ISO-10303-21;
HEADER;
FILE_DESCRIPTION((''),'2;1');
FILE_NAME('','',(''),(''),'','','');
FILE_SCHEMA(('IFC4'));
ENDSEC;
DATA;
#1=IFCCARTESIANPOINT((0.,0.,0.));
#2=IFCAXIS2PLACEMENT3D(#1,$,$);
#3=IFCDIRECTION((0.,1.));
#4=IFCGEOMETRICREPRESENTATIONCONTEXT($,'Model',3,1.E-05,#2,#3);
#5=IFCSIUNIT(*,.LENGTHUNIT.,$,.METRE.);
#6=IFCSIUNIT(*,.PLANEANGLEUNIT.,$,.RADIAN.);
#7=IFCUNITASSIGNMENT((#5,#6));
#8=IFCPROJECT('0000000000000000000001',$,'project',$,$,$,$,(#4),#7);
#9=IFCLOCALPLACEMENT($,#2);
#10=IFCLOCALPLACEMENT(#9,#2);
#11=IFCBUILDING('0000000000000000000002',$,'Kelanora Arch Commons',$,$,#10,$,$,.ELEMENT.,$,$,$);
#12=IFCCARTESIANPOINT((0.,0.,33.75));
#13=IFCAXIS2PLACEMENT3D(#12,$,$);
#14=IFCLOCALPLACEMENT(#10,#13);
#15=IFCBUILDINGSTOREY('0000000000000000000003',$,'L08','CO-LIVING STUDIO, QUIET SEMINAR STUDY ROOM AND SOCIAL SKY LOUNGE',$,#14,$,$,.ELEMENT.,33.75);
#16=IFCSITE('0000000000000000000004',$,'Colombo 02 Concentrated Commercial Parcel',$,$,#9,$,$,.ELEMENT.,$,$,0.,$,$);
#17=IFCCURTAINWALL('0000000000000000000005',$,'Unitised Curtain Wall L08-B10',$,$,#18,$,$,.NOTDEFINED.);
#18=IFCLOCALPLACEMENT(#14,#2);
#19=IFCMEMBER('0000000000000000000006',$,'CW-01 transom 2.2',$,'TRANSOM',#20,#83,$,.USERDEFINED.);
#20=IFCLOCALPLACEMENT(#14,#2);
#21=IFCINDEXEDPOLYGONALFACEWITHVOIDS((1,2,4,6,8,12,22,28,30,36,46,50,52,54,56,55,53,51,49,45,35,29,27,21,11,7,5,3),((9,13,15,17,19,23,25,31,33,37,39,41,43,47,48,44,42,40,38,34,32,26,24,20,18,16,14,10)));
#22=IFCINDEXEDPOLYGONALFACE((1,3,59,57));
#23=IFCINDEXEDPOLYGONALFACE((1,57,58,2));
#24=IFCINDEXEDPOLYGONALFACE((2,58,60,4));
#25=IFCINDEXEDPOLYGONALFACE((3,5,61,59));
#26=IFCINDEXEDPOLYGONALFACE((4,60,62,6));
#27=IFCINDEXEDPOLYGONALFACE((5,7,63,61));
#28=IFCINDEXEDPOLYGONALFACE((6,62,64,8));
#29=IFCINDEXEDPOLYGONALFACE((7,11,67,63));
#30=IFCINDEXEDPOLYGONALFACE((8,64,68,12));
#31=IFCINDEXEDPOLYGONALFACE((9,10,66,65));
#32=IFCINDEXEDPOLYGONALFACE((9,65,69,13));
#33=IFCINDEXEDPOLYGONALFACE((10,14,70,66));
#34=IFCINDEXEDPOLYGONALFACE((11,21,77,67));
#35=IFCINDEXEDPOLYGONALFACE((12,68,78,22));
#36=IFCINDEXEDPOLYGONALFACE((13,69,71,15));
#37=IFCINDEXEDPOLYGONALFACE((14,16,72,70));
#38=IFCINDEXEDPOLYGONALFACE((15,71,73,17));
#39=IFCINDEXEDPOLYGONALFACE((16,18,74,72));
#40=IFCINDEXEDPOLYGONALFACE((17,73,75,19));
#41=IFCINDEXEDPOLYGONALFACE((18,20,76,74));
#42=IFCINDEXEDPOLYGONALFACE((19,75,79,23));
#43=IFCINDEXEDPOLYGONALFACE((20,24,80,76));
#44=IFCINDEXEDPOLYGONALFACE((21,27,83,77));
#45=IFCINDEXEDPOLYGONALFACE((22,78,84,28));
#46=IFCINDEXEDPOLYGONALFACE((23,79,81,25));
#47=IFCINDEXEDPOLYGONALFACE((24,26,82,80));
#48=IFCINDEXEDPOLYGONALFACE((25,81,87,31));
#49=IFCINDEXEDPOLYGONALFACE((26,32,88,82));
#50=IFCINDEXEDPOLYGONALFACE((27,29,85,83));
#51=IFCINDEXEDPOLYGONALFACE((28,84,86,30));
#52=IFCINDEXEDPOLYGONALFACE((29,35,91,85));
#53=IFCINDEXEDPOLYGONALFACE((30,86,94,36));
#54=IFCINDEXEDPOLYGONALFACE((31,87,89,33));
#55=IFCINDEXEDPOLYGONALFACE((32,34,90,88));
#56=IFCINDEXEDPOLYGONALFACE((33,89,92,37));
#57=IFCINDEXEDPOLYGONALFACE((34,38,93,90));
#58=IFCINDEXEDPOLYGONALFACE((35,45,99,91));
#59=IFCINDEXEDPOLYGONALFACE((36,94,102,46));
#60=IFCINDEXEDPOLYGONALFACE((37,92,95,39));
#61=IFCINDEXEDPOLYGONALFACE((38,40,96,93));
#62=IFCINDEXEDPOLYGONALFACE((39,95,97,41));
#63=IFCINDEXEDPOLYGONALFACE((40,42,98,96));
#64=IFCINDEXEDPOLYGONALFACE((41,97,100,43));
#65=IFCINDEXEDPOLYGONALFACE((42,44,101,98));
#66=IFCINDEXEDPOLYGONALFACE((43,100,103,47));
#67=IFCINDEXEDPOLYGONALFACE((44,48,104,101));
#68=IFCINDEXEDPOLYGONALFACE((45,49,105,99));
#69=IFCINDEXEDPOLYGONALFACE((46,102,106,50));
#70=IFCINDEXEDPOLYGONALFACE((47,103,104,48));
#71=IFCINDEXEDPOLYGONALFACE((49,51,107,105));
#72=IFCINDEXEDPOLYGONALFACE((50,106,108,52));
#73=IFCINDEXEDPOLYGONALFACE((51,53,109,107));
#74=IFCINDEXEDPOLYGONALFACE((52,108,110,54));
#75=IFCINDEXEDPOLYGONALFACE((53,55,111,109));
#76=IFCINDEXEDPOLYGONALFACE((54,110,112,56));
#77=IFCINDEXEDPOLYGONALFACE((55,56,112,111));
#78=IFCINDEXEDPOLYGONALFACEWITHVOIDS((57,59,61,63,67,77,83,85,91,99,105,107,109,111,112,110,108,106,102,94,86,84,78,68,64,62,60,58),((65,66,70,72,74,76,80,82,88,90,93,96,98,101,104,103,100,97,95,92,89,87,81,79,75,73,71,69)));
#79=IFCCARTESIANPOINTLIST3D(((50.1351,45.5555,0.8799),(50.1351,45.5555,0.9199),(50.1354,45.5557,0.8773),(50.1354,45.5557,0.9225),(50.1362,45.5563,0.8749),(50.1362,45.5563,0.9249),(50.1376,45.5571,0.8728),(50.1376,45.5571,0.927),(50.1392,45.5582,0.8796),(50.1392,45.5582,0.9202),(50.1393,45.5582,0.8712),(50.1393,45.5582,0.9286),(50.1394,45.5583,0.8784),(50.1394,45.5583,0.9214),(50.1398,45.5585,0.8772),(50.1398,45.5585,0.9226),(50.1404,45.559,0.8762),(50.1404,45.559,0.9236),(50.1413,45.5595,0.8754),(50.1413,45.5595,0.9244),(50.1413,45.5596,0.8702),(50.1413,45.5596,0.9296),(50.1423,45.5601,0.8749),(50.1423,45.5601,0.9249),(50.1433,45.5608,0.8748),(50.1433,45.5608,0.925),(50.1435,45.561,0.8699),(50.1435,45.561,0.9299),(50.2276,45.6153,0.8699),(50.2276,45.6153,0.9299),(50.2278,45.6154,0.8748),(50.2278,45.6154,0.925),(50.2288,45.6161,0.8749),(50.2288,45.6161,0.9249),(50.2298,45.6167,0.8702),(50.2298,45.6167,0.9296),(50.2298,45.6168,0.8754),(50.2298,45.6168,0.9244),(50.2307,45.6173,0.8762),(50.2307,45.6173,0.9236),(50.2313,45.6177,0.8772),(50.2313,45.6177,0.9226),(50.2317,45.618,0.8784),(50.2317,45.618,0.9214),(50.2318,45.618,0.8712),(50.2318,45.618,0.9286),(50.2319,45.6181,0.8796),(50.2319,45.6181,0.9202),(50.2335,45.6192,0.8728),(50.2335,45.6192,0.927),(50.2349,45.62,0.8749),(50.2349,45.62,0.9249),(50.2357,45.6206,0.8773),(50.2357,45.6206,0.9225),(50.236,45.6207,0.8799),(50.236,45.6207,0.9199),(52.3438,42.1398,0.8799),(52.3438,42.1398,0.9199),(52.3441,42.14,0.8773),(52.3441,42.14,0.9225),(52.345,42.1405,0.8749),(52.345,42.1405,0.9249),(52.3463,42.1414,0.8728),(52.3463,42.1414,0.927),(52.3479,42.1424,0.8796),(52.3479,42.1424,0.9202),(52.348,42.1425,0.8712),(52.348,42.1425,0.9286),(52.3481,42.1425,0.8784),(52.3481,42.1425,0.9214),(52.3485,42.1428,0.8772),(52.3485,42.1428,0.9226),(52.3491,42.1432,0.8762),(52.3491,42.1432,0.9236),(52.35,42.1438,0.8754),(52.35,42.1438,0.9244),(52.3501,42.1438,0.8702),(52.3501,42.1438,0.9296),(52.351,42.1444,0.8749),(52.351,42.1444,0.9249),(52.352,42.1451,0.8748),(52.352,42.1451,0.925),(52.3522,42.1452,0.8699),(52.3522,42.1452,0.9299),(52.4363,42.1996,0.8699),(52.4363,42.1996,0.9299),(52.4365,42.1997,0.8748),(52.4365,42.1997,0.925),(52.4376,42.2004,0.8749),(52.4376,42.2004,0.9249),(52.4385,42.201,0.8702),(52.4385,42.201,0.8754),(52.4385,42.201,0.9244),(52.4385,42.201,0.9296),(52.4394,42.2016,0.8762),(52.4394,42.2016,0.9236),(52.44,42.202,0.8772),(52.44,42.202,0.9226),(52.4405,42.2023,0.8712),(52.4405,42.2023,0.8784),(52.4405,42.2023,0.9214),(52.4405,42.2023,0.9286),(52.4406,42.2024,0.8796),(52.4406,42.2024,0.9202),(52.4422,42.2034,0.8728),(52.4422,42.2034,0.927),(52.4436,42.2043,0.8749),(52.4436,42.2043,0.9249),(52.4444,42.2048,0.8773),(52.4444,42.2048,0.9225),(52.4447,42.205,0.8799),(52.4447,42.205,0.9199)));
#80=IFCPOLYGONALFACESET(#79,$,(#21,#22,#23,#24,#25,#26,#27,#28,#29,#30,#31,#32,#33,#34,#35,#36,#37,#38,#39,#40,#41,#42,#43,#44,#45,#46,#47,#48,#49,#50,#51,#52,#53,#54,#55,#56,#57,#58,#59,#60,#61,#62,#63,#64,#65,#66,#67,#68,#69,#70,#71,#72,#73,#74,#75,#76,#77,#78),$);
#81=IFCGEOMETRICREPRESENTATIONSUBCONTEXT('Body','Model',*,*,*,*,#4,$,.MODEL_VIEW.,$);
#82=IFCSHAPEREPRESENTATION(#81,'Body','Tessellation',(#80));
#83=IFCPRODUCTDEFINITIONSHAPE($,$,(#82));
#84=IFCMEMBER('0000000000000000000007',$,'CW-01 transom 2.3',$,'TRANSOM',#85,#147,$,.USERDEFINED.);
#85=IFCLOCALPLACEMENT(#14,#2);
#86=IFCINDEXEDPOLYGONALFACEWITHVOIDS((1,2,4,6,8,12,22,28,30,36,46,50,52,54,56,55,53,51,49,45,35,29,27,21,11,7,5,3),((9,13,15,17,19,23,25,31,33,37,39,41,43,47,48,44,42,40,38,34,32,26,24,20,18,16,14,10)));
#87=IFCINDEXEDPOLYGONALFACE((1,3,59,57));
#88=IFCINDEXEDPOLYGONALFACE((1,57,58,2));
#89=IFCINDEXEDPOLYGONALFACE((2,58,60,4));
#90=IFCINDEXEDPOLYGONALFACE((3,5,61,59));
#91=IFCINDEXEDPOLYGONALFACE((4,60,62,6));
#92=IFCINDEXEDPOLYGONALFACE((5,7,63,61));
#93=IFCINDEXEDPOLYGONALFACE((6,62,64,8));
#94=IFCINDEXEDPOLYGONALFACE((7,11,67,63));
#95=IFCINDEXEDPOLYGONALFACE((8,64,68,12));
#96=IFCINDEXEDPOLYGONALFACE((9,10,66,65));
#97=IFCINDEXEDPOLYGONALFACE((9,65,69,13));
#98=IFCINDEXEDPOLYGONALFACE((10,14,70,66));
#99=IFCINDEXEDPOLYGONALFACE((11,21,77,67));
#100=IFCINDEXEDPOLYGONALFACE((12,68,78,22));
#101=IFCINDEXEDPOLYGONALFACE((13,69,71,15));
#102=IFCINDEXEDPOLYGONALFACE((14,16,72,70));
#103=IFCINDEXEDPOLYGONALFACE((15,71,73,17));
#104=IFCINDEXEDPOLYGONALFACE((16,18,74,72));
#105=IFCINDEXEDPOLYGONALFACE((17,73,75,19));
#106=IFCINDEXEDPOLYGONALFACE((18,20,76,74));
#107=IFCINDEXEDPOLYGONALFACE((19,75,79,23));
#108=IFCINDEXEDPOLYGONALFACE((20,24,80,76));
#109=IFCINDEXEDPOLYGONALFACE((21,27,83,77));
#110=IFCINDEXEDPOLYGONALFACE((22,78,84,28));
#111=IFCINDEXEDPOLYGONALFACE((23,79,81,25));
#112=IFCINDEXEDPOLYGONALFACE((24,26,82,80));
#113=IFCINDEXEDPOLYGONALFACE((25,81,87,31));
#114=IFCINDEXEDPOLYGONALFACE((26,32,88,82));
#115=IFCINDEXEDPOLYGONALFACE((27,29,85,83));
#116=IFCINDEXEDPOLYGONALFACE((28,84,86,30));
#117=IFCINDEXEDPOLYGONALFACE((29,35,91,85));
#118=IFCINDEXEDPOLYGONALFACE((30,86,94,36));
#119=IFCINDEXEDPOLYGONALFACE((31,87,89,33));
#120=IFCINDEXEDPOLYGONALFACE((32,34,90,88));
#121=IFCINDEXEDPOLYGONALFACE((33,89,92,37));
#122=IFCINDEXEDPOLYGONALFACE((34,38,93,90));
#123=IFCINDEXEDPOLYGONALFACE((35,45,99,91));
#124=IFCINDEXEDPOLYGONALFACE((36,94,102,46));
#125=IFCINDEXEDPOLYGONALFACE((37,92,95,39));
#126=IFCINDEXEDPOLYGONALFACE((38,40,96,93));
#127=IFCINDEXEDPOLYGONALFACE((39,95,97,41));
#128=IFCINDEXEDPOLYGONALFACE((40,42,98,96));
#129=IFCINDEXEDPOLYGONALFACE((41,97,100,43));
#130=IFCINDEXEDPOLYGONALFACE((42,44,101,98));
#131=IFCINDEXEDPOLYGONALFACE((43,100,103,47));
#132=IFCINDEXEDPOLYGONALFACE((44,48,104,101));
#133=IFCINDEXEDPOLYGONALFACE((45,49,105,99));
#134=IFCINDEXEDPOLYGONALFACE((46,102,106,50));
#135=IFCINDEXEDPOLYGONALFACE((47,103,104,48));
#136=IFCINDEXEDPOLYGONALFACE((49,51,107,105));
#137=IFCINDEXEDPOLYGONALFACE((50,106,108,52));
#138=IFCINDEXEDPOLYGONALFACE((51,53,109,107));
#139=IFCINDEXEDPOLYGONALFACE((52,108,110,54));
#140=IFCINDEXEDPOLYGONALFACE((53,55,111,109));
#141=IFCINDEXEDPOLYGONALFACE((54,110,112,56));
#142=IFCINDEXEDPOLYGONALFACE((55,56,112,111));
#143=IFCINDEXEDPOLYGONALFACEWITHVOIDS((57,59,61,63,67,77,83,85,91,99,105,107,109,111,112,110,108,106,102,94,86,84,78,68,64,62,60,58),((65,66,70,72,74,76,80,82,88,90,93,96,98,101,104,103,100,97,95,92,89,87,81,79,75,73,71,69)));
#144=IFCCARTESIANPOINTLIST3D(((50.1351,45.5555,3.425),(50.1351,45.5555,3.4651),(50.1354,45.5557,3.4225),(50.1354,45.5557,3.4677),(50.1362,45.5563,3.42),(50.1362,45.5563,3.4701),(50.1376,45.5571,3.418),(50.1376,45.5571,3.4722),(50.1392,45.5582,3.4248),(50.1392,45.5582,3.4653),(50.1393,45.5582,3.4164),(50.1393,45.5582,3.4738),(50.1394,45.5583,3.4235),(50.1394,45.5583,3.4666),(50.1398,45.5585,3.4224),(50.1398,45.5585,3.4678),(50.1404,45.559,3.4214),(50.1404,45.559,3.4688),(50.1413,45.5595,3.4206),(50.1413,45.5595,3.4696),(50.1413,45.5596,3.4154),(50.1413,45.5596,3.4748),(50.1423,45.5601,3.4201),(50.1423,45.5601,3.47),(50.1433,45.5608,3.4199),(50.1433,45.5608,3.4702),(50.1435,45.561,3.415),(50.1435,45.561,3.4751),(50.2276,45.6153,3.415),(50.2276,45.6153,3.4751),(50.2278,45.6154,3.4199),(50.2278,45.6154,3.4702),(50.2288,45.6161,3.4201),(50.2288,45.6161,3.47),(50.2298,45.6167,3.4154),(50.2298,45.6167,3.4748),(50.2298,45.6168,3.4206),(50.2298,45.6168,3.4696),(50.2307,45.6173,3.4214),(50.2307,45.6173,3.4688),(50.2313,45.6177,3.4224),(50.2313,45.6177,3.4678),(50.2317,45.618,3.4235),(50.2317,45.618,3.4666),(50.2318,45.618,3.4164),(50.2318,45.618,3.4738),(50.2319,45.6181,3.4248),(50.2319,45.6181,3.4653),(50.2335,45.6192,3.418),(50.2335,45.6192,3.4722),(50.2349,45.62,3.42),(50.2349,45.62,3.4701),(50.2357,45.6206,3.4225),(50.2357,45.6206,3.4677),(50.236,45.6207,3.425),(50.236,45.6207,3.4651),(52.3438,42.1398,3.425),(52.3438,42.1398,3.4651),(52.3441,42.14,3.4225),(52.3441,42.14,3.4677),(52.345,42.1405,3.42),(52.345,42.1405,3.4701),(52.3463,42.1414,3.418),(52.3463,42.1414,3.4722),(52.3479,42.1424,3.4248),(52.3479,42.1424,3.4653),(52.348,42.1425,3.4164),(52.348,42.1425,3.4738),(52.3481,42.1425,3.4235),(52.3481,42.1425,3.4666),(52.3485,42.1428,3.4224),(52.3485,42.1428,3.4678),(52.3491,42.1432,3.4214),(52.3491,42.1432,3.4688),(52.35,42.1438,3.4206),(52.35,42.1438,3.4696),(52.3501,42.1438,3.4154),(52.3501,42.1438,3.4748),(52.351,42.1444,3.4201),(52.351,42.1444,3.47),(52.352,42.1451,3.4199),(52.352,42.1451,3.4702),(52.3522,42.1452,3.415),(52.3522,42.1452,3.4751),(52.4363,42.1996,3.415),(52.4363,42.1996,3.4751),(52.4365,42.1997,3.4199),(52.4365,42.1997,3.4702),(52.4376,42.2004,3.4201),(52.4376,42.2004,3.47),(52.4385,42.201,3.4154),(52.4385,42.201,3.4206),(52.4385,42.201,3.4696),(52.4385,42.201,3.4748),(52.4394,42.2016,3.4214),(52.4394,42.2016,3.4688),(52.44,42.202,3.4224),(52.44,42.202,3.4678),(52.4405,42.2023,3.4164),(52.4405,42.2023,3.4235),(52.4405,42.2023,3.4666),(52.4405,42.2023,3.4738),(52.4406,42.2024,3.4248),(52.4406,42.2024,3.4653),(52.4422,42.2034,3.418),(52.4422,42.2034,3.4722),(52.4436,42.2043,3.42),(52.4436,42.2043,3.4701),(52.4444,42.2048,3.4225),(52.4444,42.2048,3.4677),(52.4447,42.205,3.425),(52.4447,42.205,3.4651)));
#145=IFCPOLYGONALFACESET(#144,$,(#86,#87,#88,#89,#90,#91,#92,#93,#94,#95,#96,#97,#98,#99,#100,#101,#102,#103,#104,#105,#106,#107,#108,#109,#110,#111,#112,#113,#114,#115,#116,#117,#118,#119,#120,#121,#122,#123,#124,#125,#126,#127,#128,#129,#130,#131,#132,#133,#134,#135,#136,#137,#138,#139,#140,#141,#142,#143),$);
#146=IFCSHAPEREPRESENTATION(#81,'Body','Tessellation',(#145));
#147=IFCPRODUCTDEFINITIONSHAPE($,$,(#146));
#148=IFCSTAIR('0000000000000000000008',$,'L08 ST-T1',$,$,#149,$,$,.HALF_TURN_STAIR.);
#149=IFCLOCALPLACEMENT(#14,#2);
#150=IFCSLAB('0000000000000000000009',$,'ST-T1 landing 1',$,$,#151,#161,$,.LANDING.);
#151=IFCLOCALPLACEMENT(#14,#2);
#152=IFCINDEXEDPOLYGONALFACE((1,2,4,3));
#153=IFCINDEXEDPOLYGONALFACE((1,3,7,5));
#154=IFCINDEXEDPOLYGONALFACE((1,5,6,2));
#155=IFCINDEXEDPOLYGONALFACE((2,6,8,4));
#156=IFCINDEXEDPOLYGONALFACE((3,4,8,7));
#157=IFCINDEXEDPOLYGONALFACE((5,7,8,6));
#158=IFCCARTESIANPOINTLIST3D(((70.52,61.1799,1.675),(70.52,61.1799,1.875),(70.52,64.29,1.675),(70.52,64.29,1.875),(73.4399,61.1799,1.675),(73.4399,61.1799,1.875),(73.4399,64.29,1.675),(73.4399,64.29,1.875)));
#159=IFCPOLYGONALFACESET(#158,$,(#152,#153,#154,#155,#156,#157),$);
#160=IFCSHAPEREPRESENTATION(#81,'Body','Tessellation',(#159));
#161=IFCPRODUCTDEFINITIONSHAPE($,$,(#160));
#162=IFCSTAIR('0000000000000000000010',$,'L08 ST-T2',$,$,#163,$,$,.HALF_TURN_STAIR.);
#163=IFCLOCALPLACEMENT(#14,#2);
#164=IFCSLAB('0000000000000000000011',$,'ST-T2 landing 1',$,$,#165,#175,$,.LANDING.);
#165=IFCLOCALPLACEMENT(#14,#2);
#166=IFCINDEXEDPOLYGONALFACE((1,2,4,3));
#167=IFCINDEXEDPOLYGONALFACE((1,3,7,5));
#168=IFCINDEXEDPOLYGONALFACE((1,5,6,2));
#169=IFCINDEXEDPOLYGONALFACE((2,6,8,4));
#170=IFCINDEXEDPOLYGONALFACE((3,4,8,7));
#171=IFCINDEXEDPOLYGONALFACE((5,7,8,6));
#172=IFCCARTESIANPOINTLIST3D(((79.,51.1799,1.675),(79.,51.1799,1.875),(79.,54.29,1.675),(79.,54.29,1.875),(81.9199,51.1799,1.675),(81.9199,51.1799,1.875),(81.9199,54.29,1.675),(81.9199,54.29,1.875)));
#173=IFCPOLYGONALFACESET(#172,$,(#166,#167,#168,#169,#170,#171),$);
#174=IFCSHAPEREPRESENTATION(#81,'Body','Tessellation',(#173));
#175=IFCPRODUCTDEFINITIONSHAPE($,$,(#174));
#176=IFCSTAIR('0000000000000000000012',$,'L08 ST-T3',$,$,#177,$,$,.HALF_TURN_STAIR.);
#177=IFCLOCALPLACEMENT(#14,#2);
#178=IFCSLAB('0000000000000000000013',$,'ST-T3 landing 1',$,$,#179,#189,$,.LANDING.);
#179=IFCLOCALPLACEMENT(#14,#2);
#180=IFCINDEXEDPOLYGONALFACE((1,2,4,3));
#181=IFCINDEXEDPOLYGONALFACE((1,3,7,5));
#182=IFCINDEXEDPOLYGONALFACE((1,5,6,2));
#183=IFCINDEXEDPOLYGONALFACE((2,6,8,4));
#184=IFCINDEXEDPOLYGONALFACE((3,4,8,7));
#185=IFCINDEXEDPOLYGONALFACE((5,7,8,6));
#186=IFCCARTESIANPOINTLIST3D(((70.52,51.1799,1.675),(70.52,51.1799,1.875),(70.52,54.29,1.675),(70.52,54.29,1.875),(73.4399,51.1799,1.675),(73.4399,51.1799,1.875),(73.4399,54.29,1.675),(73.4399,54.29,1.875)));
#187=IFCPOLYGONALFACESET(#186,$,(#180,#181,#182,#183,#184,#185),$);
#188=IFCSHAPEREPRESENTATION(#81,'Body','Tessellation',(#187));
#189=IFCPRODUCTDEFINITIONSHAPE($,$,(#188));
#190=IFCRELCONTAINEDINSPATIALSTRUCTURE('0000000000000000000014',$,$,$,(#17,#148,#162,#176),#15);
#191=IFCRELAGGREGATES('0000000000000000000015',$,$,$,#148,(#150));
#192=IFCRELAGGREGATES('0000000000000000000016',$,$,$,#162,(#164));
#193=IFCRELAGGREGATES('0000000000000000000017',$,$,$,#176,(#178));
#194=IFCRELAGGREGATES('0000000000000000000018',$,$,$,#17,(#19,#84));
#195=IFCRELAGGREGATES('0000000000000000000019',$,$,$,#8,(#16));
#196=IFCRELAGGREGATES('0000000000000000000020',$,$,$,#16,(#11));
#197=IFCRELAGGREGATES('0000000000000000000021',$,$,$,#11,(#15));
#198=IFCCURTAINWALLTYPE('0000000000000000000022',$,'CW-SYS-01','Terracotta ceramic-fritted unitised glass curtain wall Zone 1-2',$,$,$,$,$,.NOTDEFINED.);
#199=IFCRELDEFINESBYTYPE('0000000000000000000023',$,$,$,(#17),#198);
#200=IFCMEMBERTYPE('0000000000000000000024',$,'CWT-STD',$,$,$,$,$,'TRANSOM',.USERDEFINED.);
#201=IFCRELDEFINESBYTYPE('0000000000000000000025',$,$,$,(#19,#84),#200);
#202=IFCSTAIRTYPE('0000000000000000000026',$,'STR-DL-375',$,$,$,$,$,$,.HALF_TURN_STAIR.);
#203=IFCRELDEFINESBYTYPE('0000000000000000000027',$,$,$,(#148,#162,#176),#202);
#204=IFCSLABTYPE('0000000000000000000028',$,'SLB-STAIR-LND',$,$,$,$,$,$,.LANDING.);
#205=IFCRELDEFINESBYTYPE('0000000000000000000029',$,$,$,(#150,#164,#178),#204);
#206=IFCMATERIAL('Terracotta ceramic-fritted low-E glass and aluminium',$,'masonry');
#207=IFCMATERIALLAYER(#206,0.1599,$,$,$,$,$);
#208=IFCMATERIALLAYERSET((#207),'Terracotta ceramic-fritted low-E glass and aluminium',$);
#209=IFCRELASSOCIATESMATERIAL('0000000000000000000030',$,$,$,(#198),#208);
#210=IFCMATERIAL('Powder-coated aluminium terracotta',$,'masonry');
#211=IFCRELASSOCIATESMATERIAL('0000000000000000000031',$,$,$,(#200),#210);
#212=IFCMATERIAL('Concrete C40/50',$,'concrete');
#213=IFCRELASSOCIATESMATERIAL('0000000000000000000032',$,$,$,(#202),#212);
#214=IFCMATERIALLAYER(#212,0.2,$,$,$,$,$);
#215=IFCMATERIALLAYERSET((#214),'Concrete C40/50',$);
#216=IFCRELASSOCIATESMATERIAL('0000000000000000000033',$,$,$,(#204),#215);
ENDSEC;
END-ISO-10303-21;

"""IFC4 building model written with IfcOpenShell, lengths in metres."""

from ifc_helpers import new_model, si_unit, direction, frame, origin, origin_2d, place, context, subcontext, project, spatial, polyline, hollow_rectangle, outline, extrude, material, layer, layer_set, material_profile, profile_set, type_object, element, aggregate, save


model = new_model("IFC4")

# Units and contexts
model_context = context("Model", 3, precision=1e-05, world=origin(), true_north=direction((0.0, 1.0)))
body_context = subcontext(model_context, "Body", "Model", "MODEL_VIEW")
ifc_project = project(units=[si_unit("LENGTHUNIT", "METRE"), si_unit("PLANEANGLEUNIT", "RADIAN")], contexts=[model_context])

# Site, building, storey
site_placement = place(None, origin())
site = spatial("IfcSite", under=ifc_project, at=site_placement, Name="Colombo 02 Concentrated Commercial Parcel", CompositionType="ELEMENT", RefElevation=0.0)
building_placement = place(site_placement, origin())
building = spatial("IfcBuilding", under=site, at=building_placement, Name="Kelanora Arch Commons", CompositionType="ELEMENT")
storey_placement = place(building_placement, frame((0.0, 0.0, 33.75)))
storey = spatial("IfcBuildingStorey", under=building, at=storey_placement, Name="L08", Description="CO-LIVING STUDIO, QUIET SEMINAR STUDY ROOM AND SOCIAL SKY LOUNGE", CompositionType="ELEMENT", Elevation=33.75)

# Curtain wall, members
ifc_material_1 = material(Name="Terracotta ceramic-fritted low-E glass and aluminium", Category="masonry")
ifc_layer_1 = layer(ifc_material_1, 0.1599)
ifc_layer_set_1 = layer_set([ifc_layer_1], Name="Terracotta ceramic-fritted low-E glass and aluminium")
curtain_wall_type = type_object("IfcCurtainWallType", Name="CW-SYS-01", Description="Terracotta ceramic-fritted unitised glass curtain wall Zone 1-2", PredefinedType="NOTDEFINED", material=ifc_layer_set_1)
curtain_wall_placement = place(storey_placement, origin())
curtain_wall = element("IfcCurtainWall", 1, at=curtain_wall_placement, inside=storey, type_object=curtain_wall_type, Name="Unitised Curtain Wall L08-B10", PredefinedType="NOTDEFINED")
ifc_material_2 = material(Name="Powder-coated aluminium terracotta", Category="masonry")
ifc_material_profile_1 = material_profile(ifc_material_2, hollow_rectangle(XDim=0.1201, YDim=0.0601, WallThickness=0.0049, InnerFilletRadius=0.0049, OuterFilletRadius=0.01, at=origin_2d()), Name="CWT120x60")
ifc_profile_set_1 = profile_set([ifc_material_profile_1], Name="Powder-coated aluminium terracotta")
member_type_1 = type_object("IfcMemberType", Name="CWT-STD", ElementType="TRANSOM", PredefinedType="USERDEFINED", material=ifc_profile_set_1)
member_1_placement = place(storey_placement, frame((50.1855, 45.5881, 0.8999), z_axis=(0.542997, -0.839734, 0.0), x_axis=(0.839734, 0.542997, 0.0)))
member_1 = element("IfcMember", 2, at=member_1_placement, type_object=member_type_1, Name="CW-01 transom 2.2", ObjectType="TRANSOM", PredefinedType="USERDEFINED", context=body_context, shape_type="SweptSolid", body=[
    extrude(hollow_rectangle(XDim=0.1201, YDim=0.0601, WallThickness=0.0049, InnerFilletRadius=0.0049, OuterFilletRadius=0.01, at=origin_2d()), origin(), (0.0, 0.0, 1.0), 4.0676),
])
member_2_placement = place(storey_placement, frame((50.1855, 45.5881, 3.4451), z_axis=(0.542997, -0.839734, 0.0), x_axis=(0.839734, 0.542997, 0.0)))
member_2 = element("IfcMember", 3, at=member_2_placement, type_object=member_type_1, Name="CW-01 transom 2.3", ObjectType="TRANSOM", PredefinedType="USERDEFINED", context=body_context, shape_type="SweptSolid", body=[
    extrude(hollow_rectangle(XDim=0.1201, YDim=0.0601, WallThickness=0.0049, InnerFilletRadius=0.0049, OuterFilletRadius=0.01, at=origin_2d()), origin(), (0.0, 0.0, 1.0), 4.0676),
])

# Stairs, slabs
ifc_material_3 = material(Name="Concrete C40/50", Category="concrete")
stair_type = type_object("IfcStairType", Name="STR-DL-375", PredefinedType="HALF_TURN_STAIR", material=ifc_material_3)
stair_1_placement = place(storey_placement, origin())
stair_1 = element("IfcStair", 4, at=stair_1_placement, inside=storey, type_object=stair_type, Name="L08 ST-T1", PredefinedType="HALF_TURN_STAIR")
ifc_layer_2 = layer(ifc_material_3, 0.2)
ifc_layer_set_2 = layer_set([ifc_layer_2], Name="Concrete C40/50")
slab_type_1 = type_object("IfcSlabType", Name="SLB-STAIR-LND", PredefinedType="LANDING", material=ifc_layer_set_2)
slab_1_placement = place(storey_placement, frame((0.0, 0.0, 1.675)))
slab_1 = element("IfcSlab", 5, at=slab_1_placement, type_object=slab_type_1, Name="ST-T1 landing 1", PredefinedType="LANDING", context=body_context, shape_type="SweptSolid", body=[
    extrude(outline(polyline([(70.52, 61.1799), (73.4399, 61.1799), (73.4399, 64.29), (70.52, 64.29), (70.52, 61.1799)])), origin(), (0.0, 0.0, 1.0), 0.2),
])
aggregate(stair_1, [slab_1])
stair_2_placement = place(storey_placement, origin())
stair_2 = element("IfcStair", 6, at=stair_2_placement, inside=storey, type_object=stair_type, Name="L08 ST-T2", PredefinedType="HALF_TURN_STAIR")
slab_2_placement = place(storey_placement, frame((0.0, 0.0, 1.675)))
slab_2 = element("IfcSlab", 7, at=slab_2_placement, type_object=slab_type_1, Name="ST-T2 landing 1", PredefinedType="LANDING", context=body_context, shape_type="SweptSolid", body=[
    extrude(outline(polyline([(79.0, 51.1799), (81.9199, 51.1799), (81.9199, 54.29), (79.0, 54.29), (79.0, 51.1799)])), origin(), (0.0, 0.0, 1.0), 0.2),
])
aggregate(stair_2, [slab_2])
stair_3_placement = place(storey_placement, origin())
stair_3 = element("IfcStair", 8, at=stair_3_placement, inside=storey, type_object=stair_type, Name="L08 ST-T3", PredefinedType="HALF_TURN_STAIR")
slab_3_placement = place(storey_placement, frame((0.0, 0.0, 1.675)))
slab_3 = element("IfcSlab", 9, at=slab_3_placement, type_object=slab_type_1, Name="ST-T3 landing 1", PredefinedType="LANDING", context=body_context, shape_type="SweptSolid", body=[
    extrude(outline(polyline([(70.52, 51.1799), (73.4399, 51.1799), (73.4399, 54.29), (70.52, 54.29), (70.52, 51.1799)])), origin(), (0.0, 0.0, 1.0), 0.2),
])
aggregate(stair_3, [slab_3])

aggregate(curtain_wall, [member_1, member_2])

save(model, "model.ifc")
